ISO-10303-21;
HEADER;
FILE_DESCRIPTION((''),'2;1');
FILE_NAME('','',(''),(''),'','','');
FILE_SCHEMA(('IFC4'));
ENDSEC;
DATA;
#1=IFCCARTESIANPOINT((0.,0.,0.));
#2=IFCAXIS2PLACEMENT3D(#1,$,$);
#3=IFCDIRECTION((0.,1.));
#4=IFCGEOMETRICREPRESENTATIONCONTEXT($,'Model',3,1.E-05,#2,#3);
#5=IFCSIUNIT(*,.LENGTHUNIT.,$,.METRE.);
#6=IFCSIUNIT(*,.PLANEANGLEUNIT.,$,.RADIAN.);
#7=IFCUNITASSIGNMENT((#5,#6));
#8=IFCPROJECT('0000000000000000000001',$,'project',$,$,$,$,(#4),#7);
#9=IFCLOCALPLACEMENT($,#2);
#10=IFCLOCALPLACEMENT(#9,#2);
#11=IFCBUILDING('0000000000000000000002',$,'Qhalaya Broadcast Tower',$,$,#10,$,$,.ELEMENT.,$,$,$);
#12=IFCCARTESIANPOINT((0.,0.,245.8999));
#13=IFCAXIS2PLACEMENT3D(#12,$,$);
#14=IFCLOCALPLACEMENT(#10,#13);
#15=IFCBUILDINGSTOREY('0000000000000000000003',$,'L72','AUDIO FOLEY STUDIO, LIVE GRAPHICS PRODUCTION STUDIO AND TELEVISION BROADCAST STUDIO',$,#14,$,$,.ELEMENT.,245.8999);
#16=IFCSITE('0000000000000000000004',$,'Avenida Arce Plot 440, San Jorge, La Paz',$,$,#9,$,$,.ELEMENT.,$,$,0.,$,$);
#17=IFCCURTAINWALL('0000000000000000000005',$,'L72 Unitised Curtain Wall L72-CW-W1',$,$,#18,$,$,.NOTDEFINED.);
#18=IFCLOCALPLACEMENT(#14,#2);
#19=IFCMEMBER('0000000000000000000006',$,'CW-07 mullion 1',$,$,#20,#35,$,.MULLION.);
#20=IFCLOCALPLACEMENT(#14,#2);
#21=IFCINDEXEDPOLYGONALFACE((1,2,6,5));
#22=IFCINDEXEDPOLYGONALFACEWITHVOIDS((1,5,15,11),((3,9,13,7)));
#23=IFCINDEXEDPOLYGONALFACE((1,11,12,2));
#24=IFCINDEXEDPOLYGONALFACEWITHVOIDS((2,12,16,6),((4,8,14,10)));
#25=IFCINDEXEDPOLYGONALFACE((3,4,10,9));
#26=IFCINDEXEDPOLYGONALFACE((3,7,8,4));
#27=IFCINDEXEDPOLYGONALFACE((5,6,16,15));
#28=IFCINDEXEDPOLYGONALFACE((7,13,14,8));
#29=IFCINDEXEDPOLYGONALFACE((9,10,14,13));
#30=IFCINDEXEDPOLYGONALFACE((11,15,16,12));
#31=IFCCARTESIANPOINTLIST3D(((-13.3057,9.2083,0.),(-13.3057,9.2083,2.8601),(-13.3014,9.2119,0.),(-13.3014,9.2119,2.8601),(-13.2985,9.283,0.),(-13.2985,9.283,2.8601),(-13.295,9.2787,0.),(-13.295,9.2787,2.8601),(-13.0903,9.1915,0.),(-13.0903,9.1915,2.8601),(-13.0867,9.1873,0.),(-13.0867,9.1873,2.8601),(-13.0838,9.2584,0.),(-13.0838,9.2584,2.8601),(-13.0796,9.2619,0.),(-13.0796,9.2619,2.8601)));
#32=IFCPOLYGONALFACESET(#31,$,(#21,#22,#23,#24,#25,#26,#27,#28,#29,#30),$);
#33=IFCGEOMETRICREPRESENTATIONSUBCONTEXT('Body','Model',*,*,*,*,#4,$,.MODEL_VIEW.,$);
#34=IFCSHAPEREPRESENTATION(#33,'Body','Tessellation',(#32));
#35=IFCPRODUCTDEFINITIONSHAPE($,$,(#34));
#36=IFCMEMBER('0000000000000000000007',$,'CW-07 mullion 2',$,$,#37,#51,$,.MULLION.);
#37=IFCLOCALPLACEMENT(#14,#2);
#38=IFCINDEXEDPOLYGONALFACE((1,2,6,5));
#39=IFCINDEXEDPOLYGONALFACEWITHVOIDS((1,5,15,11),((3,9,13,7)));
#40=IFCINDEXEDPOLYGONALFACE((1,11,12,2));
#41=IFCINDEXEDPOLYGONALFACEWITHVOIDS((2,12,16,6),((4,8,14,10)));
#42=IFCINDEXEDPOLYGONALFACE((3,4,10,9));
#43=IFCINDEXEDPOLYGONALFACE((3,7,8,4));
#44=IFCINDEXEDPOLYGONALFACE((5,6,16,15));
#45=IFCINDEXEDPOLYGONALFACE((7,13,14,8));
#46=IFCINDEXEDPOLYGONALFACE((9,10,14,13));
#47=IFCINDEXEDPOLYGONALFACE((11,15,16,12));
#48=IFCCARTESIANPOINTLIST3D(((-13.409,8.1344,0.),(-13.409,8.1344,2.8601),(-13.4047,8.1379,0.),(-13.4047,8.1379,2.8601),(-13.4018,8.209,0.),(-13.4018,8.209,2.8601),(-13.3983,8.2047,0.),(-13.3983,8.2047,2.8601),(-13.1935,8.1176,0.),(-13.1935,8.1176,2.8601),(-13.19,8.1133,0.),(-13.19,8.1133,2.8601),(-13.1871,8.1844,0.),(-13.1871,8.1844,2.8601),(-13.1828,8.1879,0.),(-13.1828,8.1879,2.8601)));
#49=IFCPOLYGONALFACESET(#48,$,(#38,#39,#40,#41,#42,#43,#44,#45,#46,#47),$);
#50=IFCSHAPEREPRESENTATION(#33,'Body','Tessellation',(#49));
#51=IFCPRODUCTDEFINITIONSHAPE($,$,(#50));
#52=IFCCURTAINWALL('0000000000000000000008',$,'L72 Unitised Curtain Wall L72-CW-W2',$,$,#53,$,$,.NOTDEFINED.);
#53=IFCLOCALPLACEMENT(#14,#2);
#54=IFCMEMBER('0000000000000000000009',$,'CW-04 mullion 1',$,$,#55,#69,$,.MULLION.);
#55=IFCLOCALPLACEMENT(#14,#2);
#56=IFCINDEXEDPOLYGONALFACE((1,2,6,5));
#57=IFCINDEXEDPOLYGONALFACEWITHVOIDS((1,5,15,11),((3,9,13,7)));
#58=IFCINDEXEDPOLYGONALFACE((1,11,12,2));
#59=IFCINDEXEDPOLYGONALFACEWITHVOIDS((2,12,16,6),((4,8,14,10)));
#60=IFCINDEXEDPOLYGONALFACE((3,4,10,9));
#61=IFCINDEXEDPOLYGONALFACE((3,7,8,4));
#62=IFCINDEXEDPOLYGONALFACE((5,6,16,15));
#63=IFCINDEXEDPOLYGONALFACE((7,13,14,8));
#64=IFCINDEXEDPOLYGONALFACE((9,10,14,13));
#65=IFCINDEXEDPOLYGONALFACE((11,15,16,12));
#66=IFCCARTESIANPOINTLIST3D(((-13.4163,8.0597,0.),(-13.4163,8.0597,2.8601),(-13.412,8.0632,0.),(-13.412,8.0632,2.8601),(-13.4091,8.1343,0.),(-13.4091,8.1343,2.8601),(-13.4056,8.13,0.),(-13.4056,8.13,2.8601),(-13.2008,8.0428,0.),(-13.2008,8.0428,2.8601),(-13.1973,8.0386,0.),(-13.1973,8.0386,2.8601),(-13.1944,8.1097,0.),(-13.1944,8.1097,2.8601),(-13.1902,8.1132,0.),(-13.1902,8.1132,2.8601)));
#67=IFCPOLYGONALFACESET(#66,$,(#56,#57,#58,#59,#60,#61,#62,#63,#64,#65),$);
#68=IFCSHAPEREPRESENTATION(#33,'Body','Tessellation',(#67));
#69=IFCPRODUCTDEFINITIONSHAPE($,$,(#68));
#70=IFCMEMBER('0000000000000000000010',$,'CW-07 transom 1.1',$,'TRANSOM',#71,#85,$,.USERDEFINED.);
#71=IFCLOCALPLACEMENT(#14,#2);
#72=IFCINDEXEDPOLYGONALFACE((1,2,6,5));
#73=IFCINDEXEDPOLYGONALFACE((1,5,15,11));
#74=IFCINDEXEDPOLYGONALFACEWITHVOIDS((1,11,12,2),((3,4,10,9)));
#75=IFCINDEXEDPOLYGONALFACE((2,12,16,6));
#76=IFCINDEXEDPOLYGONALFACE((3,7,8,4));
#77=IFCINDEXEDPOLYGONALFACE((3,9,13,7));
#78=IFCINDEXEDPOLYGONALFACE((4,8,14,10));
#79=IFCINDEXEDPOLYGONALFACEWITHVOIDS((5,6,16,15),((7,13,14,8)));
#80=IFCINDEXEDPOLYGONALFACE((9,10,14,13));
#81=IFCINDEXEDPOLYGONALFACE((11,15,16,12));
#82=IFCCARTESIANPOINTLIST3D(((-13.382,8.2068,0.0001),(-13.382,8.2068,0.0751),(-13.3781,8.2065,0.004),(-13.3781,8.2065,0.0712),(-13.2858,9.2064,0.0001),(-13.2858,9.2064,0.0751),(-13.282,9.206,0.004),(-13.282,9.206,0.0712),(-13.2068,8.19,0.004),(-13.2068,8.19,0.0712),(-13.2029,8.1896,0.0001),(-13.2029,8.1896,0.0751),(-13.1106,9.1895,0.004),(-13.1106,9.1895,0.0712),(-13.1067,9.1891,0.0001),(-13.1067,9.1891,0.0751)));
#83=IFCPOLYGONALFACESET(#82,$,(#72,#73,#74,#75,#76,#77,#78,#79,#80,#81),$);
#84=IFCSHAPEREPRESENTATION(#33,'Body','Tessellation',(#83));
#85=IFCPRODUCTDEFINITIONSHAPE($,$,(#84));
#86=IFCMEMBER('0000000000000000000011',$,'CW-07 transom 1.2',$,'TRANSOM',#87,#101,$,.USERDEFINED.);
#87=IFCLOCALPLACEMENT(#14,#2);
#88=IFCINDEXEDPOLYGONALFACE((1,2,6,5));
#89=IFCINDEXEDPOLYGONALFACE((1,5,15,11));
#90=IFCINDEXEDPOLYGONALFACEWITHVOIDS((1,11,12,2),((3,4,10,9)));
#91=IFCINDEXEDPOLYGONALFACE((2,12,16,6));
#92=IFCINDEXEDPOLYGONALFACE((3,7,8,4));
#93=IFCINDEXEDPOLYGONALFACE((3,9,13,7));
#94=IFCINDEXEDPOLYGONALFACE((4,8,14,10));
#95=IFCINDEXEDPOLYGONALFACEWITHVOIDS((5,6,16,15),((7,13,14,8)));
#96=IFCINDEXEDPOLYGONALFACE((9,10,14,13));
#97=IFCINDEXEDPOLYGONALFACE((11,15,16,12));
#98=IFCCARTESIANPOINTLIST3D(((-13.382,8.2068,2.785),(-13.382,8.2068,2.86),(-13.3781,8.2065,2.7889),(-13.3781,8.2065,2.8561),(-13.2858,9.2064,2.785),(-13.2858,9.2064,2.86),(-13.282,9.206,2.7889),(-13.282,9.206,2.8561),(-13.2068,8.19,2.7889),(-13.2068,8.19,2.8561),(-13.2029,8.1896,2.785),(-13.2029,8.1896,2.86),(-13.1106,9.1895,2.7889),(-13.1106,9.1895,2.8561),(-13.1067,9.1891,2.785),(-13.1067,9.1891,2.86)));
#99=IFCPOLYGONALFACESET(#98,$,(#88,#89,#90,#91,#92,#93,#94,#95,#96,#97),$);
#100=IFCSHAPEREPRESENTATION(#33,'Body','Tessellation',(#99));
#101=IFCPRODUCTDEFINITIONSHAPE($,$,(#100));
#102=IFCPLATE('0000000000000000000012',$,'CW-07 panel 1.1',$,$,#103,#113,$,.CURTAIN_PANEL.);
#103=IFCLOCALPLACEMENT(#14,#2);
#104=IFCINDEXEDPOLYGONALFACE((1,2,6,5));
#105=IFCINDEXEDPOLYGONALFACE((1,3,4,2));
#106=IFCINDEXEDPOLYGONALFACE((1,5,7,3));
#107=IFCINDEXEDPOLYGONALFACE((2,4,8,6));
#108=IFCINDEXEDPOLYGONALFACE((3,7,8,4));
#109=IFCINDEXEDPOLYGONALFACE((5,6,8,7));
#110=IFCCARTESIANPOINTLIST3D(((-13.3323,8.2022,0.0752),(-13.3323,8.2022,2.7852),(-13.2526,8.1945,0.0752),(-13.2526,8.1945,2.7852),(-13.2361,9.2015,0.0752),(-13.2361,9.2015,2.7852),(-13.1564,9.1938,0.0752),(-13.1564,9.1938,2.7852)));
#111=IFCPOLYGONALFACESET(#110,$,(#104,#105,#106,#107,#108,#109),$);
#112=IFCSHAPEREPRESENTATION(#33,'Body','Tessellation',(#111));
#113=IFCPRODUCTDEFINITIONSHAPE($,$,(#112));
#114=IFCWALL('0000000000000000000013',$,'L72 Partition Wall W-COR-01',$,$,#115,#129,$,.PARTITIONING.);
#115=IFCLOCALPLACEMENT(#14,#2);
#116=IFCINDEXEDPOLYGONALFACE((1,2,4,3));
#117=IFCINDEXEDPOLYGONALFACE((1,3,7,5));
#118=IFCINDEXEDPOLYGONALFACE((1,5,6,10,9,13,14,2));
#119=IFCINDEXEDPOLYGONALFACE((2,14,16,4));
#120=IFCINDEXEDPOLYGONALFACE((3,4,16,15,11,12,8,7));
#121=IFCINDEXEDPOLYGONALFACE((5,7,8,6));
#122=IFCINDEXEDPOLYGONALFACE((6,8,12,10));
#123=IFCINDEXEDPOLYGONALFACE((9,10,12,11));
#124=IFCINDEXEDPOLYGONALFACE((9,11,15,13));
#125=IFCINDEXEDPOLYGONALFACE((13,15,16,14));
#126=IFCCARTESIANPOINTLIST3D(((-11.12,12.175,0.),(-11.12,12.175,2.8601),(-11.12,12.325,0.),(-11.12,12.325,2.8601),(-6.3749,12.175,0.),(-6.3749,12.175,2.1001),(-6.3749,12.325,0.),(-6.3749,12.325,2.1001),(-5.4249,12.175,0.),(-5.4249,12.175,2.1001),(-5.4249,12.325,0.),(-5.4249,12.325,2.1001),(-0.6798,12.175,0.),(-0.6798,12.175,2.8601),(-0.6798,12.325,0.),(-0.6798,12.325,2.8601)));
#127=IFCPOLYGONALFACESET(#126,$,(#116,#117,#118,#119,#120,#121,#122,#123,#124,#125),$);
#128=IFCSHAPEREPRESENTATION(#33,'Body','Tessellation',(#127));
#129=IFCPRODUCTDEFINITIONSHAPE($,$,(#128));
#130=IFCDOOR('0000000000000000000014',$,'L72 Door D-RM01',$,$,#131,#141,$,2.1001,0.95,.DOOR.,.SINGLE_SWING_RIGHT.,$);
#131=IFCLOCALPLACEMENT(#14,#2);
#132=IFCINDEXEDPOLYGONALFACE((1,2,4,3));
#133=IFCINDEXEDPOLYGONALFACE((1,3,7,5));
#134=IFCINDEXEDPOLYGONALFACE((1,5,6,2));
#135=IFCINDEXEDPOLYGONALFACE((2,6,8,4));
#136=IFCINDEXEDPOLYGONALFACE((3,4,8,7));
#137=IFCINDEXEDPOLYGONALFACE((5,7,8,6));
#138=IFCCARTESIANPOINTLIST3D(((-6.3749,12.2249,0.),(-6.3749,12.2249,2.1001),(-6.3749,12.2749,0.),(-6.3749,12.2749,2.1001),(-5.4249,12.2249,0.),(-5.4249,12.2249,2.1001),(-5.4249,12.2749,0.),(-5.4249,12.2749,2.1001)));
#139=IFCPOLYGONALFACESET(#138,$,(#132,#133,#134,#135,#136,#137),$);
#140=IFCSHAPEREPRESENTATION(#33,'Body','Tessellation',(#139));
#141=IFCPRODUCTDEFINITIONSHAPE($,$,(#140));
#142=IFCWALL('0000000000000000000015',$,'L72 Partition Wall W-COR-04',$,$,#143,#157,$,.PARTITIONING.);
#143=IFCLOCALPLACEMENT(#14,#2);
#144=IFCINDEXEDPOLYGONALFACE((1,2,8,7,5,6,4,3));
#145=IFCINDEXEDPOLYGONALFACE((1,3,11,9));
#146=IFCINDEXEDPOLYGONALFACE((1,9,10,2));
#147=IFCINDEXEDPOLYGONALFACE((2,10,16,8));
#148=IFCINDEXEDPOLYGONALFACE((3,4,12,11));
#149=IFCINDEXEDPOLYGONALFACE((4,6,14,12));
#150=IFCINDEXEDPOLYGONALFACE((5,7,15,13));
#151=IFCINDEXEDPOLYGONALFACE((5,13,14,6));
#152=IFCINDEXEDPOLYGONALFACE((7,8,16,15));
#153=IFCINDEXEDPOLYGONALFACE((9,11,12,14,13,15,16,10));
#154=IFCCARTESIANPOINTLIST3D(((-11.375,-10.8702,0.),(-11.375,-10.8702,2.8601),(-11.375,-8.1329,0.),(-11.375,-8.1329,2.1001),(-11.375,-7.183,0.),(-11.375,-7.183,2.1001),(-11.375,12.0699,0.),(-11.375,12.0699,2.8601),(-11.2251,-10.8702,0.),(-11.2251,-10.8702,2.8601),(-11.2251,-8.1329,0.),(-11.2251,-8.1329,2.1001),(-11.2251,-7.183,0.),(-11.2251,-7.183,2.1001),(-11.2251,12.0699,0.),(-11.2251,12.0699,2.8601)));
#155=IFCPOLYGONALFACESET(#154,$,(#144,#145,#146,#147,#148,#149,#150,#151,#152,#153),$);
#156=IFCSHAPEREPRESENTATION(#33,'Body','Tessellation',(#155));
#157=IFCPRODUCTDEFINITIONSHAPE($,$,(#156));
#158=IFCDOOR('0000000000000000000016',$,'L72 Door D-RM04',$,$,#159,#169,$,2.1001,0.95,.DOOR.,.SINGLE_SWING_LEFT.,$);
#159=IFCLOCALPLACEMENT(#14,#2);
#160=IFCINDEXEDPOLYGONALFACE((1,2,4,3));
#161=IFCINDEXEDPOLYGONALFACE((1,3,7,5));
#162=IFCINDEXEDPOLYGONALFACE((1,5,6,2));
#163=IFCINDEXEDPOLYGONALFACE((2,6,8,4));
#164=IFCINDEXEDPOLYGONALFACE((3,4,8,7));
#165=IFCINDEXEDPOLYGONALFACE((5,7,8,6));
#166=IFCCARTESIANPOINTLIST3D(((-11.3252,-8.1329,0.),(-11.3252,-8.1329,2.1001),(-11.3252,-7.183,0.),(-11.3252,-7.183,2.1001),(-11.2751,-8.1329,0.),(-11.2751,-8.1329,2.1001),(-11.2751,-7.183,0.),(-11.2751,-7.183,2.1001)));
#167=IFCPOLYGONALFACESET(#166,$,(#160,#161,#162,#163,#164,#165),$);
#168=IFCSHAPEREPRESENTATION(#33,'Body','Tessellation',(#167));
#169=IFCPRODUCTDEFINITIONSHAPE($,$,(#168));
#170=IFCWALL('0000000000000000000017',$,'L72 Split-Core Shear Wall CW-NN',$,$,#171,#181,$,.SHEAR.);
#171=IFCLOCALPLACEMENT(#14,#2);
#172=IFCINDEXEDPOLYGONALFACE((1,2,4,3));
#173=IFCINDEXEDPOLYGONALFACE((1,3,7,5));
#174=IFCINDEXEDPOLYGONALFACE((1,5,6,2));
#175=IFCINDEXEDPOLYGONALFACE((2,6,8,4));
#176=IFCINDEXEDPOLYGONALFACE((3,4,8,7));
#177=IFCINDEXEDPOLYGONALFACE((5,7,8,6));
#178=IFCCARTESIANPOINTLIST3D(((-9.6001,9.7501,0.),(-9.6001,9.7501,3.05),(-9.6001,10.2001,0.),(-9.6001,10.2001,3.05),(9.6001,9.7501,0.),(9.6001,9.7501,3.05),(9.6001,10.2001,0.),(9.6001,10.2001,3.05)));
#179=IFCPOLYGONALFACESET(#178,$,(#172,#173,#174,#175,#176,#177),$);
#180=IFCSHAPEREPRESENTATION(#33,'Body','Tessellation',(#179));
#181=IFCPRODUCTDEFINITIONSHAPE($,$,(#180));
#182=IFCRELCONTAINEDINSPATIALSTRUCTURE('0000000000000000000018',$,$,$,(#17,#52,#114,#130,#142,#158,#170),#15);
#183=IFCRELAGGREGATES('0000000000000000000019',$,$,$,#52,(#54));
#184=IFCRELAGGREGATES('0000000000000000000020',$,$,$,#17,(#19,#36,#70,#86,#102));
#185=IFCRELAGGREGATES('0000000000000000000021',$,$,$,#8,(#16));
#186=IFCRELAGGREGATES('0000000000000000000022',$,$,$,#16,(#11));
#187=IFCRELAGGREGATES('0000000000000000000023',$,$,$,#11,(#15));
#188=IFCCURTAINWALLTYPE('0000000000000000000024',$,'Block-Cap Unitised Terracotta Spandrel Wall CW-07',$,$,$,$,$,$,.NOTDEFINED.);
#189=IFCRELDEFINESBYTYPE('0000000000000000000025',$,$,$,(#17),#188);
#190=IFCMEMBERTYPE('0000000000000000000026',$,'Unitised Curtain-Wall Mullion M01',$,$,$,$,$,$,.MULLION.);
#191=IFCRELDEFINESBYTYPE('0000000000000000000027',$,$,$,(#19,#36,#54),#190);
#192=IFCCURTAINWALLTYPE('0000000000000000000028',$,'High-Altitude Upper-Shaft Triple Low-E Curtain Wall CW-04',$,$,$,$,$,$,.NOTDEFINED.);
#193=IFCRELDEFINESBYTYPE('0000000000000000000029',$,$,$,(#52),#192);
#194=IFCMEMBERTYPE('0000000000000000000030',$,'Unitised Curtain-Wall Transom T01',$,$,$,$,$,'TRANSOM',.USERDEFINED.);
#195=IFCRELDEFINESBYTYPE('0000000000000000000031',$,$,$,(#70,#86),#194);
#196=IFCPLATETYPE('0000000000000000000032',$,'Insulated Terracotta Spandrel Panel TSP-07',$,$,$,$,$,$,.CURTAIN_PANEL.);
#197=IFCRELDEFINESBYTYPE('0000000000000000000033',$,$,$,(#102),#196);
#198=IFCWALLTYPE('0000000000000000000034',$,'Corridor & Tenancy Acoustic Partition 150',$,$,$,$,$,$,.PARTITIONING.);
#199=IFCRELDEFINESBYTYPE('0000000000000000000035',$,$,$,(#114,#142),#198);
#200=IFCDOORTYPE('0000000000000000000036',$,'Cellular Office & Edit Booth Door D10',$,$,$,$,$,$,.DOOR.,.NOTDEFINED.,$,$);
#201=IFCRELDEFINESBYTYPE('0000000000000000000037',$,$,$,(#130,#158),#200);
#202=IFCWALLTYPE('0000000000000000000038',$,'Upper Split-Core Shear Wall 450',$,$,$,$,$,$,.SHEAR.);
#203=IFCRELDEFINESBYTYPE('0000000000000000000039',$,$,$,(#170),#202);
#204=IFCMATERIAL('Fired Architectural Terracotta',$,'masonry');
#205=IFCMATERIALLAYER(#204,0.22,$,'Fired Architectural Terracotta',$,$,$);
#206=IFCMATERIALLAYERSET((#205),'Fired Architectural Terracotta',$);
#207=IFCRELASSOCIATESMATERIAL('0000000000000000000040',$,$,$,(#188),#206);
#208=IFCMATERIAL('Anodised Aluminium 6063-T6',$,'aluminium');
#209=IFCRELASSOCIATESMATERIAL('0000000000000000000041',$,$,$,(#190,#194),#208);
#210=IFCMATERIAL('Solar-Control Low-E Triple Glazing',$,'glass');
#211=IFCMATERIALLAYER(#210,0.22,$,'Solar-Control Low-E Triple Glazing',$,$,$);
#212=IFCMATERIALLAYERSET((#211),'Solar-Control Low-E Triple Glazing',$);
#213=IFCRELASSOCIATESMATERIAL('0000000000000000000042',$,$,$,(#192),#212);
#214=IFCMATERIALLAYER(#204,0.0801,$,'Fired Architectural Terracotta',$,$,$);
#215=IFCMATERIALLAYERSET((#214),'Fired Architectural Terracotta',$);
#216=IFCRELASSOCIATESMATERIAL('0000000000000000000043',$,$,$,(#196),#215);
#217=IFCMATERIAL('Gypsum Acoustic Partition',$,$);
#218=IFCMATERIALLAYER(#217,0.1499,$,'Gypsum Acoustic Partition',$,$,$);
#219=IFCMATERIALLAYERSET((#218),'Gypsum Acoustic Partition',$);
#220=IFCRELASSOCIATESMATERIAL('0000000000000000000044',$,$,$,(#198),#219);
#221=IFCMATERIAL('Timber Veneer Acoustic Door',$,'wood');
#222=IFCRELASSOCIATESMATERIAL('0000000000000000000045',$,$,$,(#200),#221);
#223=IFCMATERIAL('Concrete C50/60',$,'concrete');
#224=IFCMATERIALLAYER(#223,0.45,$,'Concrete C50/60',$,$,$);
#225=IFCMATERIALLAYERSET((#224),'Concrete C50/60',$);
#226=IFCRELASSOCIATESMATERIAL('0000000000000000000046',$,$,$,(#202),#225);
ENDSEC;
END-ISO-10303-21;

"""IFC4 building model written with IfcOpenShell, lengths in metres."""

from ifc_helpers import new_model, si_unit, direction, frame, frame_2d, origin, origin_2d, place, context, subcontext, project, spatial, rectangle, hollow_rectangle, extrude, material, layer, layer_set, material_profile, profile_set, type_object, element, fill, aggregate, save


model = new_model("IFC4")

# Units and contexts
model_context = context("Model", 3, precision=1e-05, world=origin(), true_north=direction((0.0, 1.0)))
body_context = subcontext(model_context, "Body", "Model", "MODEL_VIEW")
ifc_project = project(units=[si_unit("LENGTHUNIT", "METRE"), si_unit("PLANEANGLEUNIT", "RADIAN")], contexts=[model_context])

# Site, building, storey
site_placement = place(None, origin())
site = spatial("IfcSite", under=ifc_project, at=site_placement, Name="Avenida Arce Plot 440, San Jorge, La Paz", CompositionType="ELEMENT", RefElevation=0.0)
building_placement = place(site_placement, origin())
building = spatial("IfcBuilding", under=site, at=building_placement, Name="Qhalaya Broadcast Tower", CompositionType="ELEMENT")
storey_placement = place(building_placement, frame((0.0, 0.0, 245.8999)))
storey = spatial("IfcBuildingStorey", under=building, at=storey_placement, Name="L72", Description="AUDIO FOLEY STUDIO, LIVE GRAPHICS PRODUCTION STUDIO AND TELEVISION BROADCAST STUDIO", CompositionType="ELEMENT", Elevation=245.8999)

# Shared definitions
ifc_material_1 = material(Name="Concrete C50/60", Category="concrete")

# Curtain wall, members
ifc_material_2 = material(Name="Fired Architectural Terracotta", Category="masonry")
ifc_layer_1 = layer(ifc_material_2, 0.22, Name="Fired Architectural Terracotta")
ifc_layer_set_1 = layer_set([ifc_layer_1], Name="Fired Architectural Terracotta")
curtain_wall_type_1 = type_object("IfcCurtainWallType", Name="Block-Cap Unitised Terracotta Spandrel Wall CW-07", PredefinedType="NOTDEFINED", material=ifc_layer_set_1)
curtain_wall_1_placement = place(storey_placement, origin())
curtain_wall_1 = element("IfcCurtainWall", 1, at=curtain_wall_1_placement, inside=storey, type_object=curtain_wall_type_1, Name="L72 Unitised Curtain Wall L72-CW-W1", PredefinedType="NOTDEFINED")
ifc_material_3 = material(Name="Anodised Aluminium 6063-T6", Category="aluminium")
ifc_material_profile_1 = material_profile(ifc_material_3, hollow_rectangle(XDim=0.075, YDim=0.22, WallThickness=0.0039, at=origin_2d()), Name="ALU-MUL 75x220x4")
ifc_profile_set_1 = profile_set([ifc_material_profile_1], Name="Anodised Aluminium 6063-T6")
member_type_1 = type_object("IfcMemberType", Name="Unitised Curtain-Wall Mullion M01", PredefinedType="MULLION", material=ifc_profile_set_1)
member_1_placement = place(storey_placement, frame((-13.1926, 9.2351, 0.0), z_axis=(0.0, 0.0, 1.0), x_axis=(-0.09584, -0.995397, 0.0)))
member_1 = element("IfcMember", 2, at=member_1_placement, type_object=member_type_1, Name="CW-07 mullion 1", PredefinedType="MULLION", context=body_context, shape_type="SweptSolid", body=[
    extrude(hollow_rectangle(XDim=0.075, YDim=0.22, WallThickness=0.0039, at=origin_2d()), origin(), (0.0, 0.0, 1.0), 2.8601),
])
member_2_placement = place(storey_placement, frame((-13.2959, 8.1611, 0.0), z_axis=(0.0, 0.0, 1.0), x_axis=(-0.09584, -0.995397, 0.0)))
member_2 = element("IfcMember", 3, at=member_2_placement, type_object=member_type_1, Name="CW-07 mullion 2", PredefinedType="MULLION", context=body_context, shape_type="SweptSolid", body=[
    extrude(hollow_rectangle(XDim=0.075, YDim=0.22, WallThickness=0.0039, at=origin_2d()), origin(), (0.0, 0.0, 1.0), 2.8601),
])

# Curtain wall, member
ifc_material_4 = material(Name="Solar-Control Low-E Triple Glazing", Category="glass")
ifc_layer_2 = layer(ifc_material_4, 0.22, Name="Solar-Control Low-E Triple Glazing")
ifc_layer_set_2 = layer_set([ifc_layer_2], Name="Solar-Control Low-E Triple Glazing")
curtain_wall_type_2 = type_object("IfcCurtainWallType", Name="High-Altitude Upper-Shaft Triple Low-E Curtain Wall CW-04", PredefinedType="NOTDEFINED", material=ifc_layer_set_2)
curtain_wall_2_placement = place(storey_placement, origin())
curtain_wall_2 = element("IfcCurtainWall", 4, at=curtain_wall_2_placement, inside=storey, type_object=curtain_wall_type_2, Name="L72 Unitised Curtain Wall L72-CW-W2", PredefinedType="NOTDEFINED")
member_3_placement = place(storey_placement, frame((-13.3032, 8.0864, 0.0), z_axis=(0.0, 0.0, 1.0), x_axis=(-0.095836, -0.995397, 0.0)))
member_3 = element("IfcMember", 5, at=member_3_placement, type_object=member_type_1, Name="CW-04 mullion 1", PredefinedType="MULLION", context=body_context, shape_type="SweptSolid", body=[
    extrude(hollow_rectangle(XDim=0.075, YDim=0.22, WallThickness=0.0039, at=origin_2d()), origin(), (0.0, 0.0, 1.0), 2.8601),
])
aggregate(curtain_wall_2, [member_3])

# Members
ifc_material_profile_2 = material_profile(ifc_material_3, hollow_rectangle(XDim=0.075, YDim=0.1799, WallThickness=0.0039, at=origin_2d()), Name="ALU-TRN 75x180x4")
ifc_profile_set_2 = profile_set([ifc_material_profile_2], Name="Anodised Aluminium 6063-T6")
member_type_2 = type_object("IfcMemberType", Name="Unitised Curtain-Wall Transom T01", ElementType="TRANSOM", PredefinedType="USERDEFINED", material=ifc_profile_set_2)
member_4_placement = place(storey_placement, frame((-13.1963, 9.1978, 0.0376), z_axis=(-0.095796, -0.995401, 0.0), x_axis=(0.0, 0.0, 1.0)))
member_4 = element("IfcMember", 6, at=member_4_placement, type_object=member_type_2, Name="CW-07 transom 1.1", ObjectType="TRANSOM", PredefinedType="USERDEFINED", context=body_context, shape_type="SweptSolid", body=[
    extrude(hollow_rectangle(XDim=0.075, YDim=0.1799, WallThickness=0.0039, at=origin_2d()), origin(), (0.0, 0.0, 1.0), 1.0042),
])
member_5_placement = place(storey_placement, frame((-13.1963, 9.1978, 2.8225), z_axis=(-0.095796, -0.995401, 0.0), x_axis=(0.0, 0.0, 1.0)))
member_5 = element("IfcMember", 7, at=member_5_placement, type_object=member_type_2, Name="CW-07 transom 1.2", ObjectType="TRANSOM", PredefinedType="USERDEFINED", context=body_context, shape_type="SweptSolid", body=[
    extrude(hollow_rectangle(XDim=0.075, YDim=0.1799, WallThickness=0.0039, at=origin_2d()), origin(), (0.0, 0.0, 1.0), 1.0042),
])

# Plate
ifc_layer_3 = layer(ifc_material_2, 0.0801, Name="Fired Architectural Terracotta")
ifc_layer_set_3 = layer_set([ifc_layer_3], Name="Fired Architectural Terracotta")
plate_type = type_object("IfcPlateType", Name="Insulated Terracotta Spandrel Panel TSP-07", PredefinedType="CURTAIN_PANEL", material=ifc_layer_set_3)
plate_placement = place(storey_placement, frame((-13.2444, 8.698, 0.0752), z_axis=(0.0, 0.0, 1.0), x_axis=(-0.09584, -0.995397, 0.0)))
plate = element("IfcPlate", 8, at=plate_placement, type_object=plate_type, Name="CW-07 panel 1.1", PredefinedType="CURTAIN_PANEL", context=body_context, shape_type="SweptSolid", body=[
    extrude(rectangle(XDim=1.0039, YDim=0.0801, at=origin_2d()), origin(), (0.0, 0.0, 1.0), 2.71),
])
aggregate(curtain_wall_1, [member_1, member_2, member_4, member_5, plate])

# Walls, openings, doors
ifc_material_5 = material(Name="Gypsum Acoustic Partition")
ifc_layer_4 = layer(ifc_material_5, 0.1499, Name="Gypsum Acoustic Partition")
ifc_layer_set_4 = layer_set([ifc_layer_4], Name="Gypsum Acoustic Partition")
wall_type_1 = type_object("IfcWallType", Name="Corridor & Tenancy Acoustic Partition 150", PredefinedType="PARTITIONING", material=ifc_layer_set_4)
wall_1_placement = place(storey_placement, frame((-11.1201, 12.25, 0.0), z_axis=(0.0, 0.0, 1.0), x_axis=(1.0, 0.0, 0.0)))
wall_1 = element("IfcWall", 9, at=wall_1_placement, inside=storey, type_object=wall_type_1, Name="L72 Partition Wall W-COR-01", PredefinedType="PARTITIONING", context=body_context, shape_type="SweptSolid", body=[
    extrude(rectangle(XDim=10.4402, YDim=0.1499, at=frame_2d((5.2202, 0.0))), origin(), (0.0, 0.0, 1.0), 2.8601),
])
opening_1_placement = place(wall_1_placement, frame((4.7451, 0.0, 0.0)))
opening_1 = element("IfcOpeningElement", 10, at=opening_1_placement, cuts=wall_1, PredefinedType="OPENING", context=body_context, shape_type="SweptSolid", body=[
    extrude(rectangle(XDim=0.95, YDim=2.1001, at=frame_2d((0.4751, 1.05))), frame((0.0, 0.0869, 0.0), z_axis=(0.0, -1.0, 0.0), x_axis=(1.0, 0.0, 0.0)), (0.0, 0.0, 1.0), 0.1738),
])
ifc_material_6 = material(Name="Timber Veneer Acoustic Door", Category="wood")
door_type = type_object("IfcDoorType", Name="Cellular Office & Edit Booth Door D10", OperationType="NOTDEFINED", PredefinedType="DOOR", material=ifc_material_6)
door_1_placement = place(opening_1_placement, origin())
door_1 = element("IfcDoor", 11, at=door_1_placement, inside=storey, type_object=door_type, Name="L72 Door D-RM01", OperationType="SINGLE_SWING_RIGHT", OverallHeight=2.1001, OverallWidth=0.95, PredefinedType="DOOR", context=body_context, shape_type="SweptSolid", body=[
    extrude(rectangle(XDim=0.95, YDim=2.1001, at=frame_2d((0.4751, 1.05))), frame((0.0, 0.0249, 0.0), z_axis=(0.0, -1.0, 0.0), x_axis=(1.0, 0.0, 0.0)), (0.0, 0.0, 1.0), 0.05),
])
fill(opening_1, door_1)
wall_2_placement = place(storey_placement, frame((-11.3, 12.0701, 0.0), z_axis=(0.0, 0.0, 1.0), x_axis=(0.0, -1.0, 0.0)))
wall_2 = element("IfcWall", 12, at=wall_2_placement, inside=storey, type_object=wall_type_1, Name="L72 Partition Wall W-COR-04", PredefinedType="PARTITIONING", context=body_context, shape_type="SweptSolid", body=[
    extrude(rectangle(XDim=22.9402, YDim=0.1499, at=frame_2d((11.4702, 0.0))), origin(), (0.0, 0.0, 1.0), 2.8601),
])
opening_2_placement = place(wall_2_placement, frame((19.2529, 0.0, 0.0)))
opening_2 = element("IfcOpeningElement", 13, at=opening_2_placement, cuts=wall_2, PredefinedType="OPENING", context=body_context, shape_type="SweptSolid", body=[
    extrude(rectangle(XDim=0.95, YDim=2.1001, at=frame_2d((0.4751, 1.05))), frame((0.0, 0.0869, 0.0), z_axis=(0.0, -1.0, 0.0), x_axis=(1.0, 0.0, 0.0)), (0.0, 0.0, 1.0), 0.1738),
])
door_2_placement = place(opening_2_placement, origin())
door_2 = element("IfcDoor", 14, at=door_2_placement, inside=storey, type_object=door_type, Name="L72 Door D-RM04", OperationType="SINGLE_SWING_LEFT", OverallHeight=2.1001, OverallWidth=0.95, PredefinedType="DOOR", context=body_context, shape_type="SweptSolid", body=[
    extrude(rectangle(XDim=0.95, YDim=2.1001, at=frame_2d((0.4751, 1.05))), frame((0.0, 0.0249, 0.0), z_axis=(0.0, -1.0, 0.0), x_axis=(1.0, 0.0, 0.0)), (0.0, 0.0, 1.0), 0.05),
])
fill(opening_2, door_2)

# Wall
ifc_layer_5 = layer(ifc_material_1, 0.45, Name="Concrete C50/60")
ifc_layer_set_5 = layer_set([ifc_layer_5], Name="Concrete C50/60")
wall_type_2 = type_object("IfcWallType", Name="Upper Split-Core Shear Wall 450", PredefinedType="SHEAR", material=ifc_layer_set_5)
wall_3_placement = place(storey_placement, frame((-9.6001, 9.9751, 0.0), z_axis=(0.0, 0.0, 1.0), x_axis=(1.0, 0.0, 0.0)))
element("IfcWall", 15, at=wall_3_placement, inside=storey, type_object=wall_type_2, Name="L72 Split-Core Shear Wall CW-NN", PredefinedType="SHEAR", context=body_context, shape_type="SweptSolid", body=[
    extrude(rectangle(XDim=19.2002, YDim=0.45, at=frame_2d((9.6001, 0.0))), origin(), (0.0, 0.0, 1.0), 3.05),
])

save(model, "model.ifc")
